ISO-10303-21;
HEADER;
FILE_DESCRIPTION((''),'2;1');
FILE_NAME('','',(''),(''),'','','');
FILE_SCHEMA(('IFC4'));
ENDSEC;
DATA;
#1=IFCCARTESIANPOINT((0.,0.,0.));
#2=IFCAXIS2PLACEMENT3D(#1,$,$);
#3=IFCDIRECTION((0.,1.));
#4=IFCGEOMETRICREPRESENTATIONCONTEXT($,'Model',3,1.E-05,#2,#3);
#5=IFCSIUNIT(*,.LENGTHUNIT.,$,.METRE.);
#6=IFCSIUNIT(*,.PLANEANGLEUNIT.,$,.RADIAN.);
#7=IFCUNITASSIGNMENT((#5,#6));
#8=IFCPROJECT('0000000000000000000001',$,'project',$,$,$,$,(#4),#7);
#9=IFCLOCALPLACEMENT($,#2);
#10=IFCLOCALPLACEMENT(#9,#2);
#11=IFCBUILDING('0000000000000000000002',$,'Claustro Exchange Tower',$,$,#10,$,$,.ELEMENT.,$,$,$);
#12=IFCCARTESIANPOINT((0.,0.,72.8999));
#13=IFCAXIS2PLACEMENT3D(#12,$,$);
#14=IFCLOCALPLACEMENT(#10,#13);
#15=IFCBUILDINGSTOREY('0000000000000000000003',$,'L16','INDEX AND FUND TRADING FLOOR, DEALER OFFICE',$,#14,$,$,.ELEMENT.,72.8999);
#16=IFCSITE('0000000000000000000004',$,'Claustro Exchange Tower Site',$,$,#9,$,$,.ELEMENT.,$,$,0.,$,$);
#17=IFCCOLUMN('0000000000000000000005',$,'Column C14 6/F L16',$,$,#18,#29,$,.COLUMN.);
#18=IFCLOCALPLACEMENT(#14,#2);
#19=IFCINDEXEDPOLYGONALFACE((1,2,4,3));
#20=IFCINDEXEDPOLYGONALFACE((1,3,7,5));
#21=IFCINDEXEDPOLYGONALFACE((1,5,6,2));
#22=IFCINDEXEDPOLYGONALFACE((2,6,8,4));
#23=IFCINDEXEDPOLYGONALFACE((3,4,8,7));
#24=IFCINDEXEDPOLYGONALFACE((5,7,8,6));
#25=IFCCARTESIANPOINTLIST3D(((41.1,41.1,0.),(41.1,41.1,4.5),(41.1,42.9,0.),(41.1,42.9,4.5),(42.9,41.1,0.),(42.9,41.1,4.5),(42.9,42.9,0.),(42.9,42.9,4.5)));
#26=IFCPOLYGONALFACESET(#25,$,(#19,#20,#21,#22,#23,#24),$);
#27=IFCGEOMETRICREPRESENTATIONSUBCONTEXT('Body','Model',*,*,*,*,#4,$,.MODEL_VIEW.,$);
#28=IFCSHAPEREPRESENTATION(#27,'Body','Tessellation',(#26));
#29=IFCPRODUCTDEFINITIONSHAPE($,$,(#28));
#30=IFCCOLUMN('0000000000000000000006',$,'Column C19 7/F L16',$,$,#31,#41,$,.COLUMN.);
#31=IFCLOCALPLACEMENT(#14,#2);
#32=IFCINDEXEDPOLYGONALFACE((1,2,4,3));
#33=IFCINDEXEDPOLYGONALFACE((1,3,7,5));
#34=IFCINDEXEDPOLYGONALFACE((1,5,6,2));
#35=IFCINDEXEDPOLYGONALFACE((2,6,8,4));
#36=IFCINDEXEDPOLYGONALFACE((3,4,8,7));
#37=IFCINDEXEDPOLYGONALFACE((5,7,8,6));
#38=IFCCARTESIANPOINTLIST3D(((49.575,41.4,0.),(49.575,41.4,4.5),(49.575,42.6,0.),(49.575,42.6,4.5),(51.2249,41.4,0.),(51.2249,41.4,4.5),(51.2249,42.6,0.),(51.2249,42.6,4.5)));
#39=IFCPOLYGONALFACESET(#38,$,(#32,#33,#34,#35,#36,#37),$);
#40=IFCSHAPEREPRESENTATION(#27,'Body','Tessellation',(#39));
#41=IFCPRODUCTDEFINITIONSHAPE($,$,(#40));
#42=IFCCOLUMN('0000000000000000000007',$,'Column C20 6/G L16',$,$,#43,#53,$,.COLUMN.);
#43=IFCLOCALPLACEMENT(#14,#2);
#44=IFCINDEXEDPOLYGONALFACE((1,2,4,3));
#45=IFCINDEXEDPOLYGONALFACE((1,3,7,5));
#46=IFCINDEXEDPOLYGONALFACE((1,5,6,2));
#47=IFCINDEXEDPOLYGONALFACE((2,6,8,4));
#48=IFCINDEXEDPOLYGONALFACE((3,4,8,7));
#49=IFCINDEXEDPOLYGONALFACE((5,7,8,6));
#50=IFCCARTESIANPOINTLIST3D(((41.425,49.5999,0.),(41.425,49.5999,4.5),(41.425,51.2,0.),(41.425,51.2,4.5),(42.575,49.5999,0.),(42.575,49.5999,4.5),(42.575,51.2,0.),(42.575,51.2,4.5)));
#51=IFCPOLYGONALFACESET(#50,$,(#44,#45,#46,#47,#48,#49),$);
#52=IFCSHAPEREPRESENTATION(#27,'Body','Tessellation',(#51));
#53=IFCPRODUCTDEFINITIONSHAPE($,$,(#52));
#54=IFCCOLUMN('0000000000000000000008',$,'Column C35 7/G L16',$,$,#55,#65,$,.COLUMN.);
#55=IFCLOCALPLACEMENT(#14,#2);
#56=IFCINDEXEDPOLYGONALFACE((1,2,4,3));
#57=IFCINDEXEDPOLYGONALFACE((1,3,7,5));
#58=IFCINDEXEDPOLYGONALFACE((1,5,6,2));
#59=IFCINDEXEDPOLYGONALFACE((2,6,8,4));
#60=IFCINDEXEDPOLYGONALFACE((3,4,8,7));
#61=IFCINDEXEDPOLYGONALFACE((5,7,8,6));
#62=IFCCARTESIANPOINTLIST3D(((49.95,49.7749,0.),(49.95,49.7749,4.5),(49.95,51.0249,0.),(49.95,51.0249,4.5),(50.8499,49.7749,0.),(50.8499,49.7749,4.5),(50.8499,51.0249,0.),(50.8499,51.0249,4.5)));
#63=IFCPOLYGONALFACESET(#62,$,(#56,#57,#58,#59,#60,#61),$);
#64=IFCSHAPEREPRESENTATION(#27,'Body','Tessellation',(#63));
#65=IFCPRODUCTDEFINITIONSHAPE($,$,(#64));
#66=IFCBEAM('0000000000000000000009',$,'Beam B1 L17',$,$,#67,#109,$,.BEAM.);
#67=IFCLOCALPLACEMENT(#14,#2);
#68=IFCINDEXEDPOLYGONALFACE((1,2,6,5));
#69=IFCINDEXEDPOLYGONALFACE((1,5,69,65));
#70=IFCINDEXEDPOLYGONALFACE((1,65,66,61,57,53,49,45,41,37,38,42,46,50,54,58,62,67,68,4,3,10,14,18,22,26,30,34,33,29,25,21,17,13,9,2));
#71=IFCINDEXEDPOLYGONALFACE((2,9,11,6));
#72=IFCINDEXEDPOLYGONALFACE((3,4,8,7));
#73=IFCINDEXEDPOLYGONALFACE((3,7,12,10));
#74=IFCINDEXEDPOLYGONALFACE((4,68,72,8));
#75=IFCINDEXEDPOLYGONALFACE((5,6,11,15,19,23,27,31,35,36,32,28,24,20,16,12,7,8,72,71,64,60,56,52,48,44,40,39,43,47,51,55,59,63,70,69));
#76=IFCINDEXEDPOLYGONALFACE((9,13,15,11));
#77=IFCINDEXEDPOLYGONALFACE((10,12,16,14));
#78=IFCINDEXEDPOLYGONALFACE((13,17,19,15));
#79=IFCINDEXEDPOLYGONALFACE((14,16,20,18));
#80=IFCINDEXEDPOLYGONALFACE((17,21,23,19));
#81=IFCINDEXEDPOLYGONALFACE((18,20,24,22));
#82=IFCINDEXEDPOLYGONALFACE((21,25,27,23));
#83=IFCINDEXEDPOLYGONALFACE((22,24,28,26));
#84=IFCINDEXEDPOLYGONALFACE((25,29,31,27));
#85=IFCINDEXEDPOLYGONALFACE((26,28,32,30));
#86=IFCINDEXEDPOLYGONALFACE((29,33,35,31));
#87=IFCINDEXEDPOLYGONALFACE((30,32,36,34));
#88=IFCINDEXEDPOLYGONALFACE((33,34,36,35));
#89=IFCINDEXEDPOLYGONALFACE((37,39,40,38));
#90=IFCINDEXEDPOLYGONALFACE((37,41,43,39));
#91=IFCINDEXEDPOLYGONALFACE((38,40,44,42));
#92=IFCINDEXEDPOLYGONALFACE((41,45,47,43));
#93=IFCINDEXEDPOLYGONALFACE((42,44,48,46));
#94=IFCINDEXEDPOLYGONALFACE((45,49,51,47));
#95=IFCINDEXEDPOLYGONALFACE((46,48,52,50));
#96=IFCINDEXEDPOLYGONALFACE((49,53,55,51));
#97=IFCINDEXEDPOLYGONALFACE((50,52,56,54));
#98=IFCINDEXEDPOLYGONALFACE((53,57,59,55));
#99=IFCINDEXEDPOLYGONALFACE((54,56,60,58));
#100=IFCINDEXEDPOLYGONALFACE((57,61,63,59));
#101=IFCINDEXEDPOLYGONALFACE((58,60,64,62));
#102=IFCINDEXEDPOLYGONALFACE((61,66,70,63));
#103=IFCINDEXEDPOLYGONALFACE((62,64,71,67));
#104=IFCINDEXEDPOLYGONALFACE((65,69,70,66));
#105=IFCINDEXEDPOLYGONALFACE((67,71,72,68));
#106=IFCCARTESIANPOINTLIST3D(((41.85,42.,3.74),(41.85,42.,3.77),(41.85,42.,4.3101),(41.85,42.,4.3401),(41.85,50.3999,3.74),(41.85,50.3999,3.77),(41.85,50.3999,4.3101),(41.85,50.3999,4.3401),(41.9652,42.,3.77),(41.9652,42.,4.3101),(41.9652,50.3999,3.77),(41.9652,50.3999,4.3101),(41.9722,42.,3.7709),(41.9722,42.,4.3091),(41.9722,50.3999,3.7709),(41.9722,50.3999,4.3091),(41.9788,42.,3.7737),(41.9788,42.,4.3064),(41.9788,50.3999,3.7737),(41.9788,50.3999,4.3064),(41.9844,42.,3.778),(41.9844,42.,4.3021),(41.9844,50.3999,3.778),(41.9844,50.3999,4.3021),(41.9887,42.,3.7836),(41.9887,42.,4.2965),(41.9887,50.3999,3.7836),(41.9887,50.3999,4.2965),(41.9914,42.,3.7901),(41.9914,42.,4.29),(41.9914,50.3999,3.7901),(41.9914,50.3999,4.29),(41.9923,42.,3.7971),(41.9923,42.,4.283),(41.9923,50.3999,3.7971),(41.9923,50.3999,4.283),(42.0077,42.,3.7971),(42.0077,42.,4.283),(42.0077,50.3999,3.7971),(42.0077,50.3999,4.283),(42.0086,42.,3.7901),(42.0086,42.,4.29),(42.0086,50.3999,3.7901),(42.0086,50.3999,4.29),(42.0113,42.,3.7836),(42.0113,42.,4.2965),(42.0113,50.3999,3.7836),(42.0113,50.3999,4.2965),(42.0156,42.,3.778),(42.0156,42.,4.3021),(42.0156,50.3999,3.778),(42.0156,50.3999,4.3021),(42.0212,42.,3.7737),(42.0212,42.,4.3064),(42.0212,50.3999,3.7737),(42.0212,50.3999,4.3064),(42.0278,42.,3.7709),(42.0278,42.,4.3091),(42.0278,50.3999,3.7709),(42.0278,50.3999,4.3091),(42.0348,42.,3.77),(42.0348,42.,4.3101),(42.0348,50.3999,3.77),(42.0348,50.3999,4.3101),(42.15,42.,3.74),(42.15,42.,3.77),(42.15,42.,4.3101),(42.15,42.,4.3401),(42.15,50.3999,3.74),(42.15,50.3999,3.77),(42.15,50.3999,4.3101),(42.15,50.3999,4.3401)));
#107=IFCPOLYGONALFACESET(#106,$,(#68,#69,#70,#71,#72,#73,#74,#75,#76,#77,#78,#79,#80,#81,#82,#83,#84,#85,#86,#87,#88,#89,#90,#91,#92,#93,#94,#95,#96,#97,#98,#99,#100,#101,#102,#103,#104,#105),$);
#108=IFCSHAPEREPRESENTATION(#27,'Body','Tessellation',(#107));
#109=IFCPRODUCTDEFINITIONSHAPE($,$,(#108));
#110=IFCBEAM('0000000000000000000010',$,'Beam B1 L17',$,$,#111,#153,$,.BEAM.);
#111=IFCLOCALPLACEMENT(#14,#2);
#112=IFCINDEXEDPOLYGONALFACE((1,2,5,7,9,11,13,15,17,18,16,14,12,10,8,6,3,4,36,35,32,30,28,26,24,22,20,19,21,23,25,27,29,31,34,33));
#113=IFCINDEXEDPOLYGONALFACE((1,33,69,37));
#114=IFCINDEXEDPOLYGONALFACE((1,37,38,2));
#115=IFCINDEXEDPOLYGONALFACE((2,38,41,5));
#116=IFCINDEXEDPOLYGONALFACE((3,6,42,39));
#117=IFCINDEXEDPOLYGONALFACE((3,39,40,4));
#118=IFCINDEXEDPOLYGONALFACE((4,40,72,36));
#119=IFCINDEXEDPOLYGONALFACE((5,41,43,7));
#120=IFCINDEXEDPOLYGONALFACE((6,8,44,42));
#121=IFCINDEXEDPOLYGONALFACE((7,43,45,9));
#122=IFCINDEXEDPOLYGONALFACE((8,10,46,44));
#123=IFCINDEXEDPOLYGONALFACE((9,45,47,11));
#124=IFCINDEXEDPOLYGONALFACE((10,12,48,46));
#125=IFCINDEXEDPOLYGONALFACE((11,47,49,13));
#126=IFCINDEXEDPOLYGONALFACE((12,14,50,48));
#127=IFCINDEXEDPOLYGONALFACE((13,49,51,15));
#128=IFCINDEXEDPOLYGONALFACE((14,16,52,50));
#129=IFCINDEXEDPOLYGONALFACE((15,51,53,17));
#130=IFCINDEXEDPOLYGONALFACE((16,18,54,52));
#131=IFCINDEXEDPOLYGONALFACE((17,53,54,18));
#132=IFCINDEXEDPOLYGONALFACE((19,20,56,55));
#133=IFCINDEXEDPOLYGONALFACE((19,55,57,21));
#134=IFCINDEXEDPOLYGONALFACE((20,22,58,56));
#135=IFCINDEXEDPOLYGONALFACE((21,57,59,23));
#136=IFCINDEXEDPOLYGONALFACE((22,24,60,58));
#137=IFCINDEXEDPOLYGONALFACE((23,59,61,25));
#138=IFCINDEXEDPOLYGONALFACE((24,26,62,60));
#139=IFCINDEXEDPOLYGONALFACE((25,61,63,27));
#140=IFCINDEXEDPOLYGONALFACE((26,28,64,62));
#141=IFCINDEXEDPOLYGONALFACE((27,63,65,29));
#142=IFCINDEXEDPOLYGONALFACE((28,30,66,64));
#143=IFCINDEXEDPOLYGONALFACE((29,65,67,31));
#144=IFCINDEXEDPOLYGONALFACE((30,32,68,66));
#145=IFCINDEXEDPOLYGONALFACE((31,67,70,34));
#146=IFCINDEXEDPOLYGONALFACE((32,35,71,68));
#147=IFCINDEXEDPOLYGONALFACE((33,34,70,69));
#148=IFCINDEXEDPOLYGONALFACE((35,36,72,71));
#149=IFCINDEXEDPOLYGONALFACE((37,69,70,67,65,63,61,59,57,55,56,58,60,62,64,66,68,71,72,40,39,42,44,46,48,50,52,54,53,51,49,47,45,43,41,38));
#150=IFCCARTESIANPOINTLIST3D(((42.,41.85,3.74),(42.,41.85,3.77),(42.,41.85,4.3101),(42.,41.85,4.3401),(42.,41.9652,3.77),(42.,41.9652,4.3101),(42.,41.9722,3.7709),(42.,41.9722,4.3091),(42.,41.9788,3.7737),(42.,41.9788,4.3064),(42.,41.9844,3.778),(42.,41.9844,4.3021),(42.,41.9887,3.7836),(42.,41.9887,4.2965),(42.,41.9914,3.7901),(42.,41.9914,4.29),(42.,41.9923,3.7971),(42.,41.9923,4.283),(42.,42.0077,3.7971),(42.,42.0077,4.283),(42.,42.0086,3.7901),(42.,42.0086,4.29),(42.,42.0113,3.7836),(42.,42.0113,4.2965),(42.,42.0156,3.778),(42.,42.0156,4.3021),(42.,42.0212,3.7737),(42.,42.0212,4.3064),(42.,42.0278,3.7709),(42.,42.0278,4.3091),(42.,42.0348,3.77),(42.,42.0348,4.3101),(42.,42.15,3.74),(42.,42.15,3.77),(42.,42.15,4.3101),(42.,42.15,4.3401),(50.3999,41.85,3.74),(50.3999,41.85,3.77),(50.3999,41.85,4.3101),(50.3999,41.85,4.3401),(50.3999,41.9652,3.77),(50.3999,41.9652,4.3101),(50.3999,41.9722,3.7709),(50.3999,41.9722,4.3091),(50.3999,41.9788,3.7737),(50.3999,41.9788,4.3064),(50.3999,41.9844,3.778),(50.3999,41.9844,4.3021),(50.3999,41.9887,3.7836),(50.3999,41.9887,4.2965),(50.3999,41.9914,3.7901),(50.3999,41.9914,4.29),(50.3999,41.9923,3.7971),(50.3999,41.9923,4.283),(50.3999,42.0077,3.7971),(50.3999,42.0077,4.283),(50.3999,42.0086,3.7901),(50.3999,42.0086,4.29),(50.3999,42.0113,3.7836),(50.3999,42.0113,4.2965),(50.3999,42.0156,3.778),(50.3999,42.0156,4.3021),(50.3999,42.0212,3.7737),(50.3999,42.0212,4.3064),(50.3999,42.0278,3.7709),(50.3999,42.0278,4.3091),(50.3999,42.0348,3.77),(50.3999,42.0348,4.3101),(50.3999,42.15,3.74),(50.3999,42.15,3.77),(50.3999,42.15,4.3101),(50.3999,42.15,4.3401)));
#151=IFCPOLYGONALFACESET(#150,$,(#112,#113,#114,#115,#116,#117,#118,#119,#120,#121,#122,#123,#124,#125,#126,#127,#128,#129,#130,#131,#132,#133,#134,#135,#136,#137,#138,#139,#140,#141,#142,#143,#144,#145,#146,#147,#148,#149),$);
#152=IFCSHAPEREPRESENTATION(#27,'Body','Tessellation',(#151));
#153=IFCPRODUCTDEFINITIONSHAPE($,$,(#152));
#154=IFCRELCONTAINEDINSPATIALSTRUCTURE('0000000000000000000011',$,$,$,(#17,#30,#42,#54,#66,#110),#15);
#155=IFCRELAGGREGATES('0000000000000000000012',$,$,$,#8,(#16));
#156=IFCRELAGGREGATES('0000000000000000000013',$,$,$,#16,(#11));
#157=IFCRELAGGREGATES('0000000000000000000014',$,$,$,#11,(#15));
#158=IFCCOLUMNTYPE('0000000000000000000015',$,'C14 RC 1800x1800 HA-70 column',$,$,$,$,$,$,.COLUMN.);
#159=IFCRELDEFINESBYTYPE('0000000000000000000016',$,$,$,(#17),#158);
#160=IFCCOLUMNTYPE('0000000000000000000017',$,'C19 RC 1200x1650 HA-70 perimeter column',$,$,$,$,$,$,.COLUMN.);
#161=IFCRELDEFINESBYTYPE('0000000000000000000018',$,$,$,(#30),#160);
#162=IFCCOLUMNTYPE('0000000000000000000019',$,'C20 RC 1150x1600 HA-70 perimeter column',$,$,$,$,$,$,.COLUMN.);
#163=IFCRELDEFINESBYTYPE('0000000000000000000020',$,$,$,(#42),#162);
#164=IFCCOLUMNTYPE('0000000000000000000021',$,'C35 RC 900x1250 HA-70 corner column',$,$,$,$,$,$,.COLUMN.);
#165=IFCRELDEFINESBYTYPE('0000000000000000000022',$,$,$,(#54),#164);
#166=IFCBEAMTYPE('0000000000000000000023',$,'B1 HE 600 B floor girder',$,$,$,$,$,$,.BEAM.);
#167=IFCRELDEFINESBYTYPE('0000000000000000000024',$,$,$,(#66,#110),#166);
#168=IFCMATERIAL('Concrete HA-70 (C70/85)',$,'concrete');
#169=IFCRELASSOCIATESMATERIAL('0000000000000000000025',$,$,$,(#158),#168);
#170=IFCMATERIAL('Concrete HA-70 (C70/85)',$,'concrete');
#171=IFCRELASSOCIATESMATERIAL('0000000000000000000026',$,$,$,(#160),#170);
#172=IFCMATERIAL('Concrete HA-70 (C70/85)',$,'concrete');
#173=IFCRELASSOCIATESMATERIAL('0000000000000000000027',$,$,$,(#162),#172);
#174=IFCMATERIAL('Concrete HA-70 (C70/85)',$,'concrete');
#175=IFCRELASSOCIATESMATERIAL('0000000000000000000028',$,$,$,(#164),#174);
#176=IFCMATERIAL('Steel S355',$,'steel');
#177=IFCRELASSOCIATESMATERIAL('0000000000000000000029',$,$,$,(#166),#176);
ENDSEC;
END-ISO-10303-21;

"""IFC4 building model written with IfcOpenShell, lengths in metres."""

from ifc_helpers import new_model, si_unit, direction, frame, origin, origin_2d, place, context, subcontext, project, spatial, rectangle, i_section, extrude, material, material_profile, profile_set, type_object, element, save


model = new_model("IFC4")

# Units and contexts
model_context = context("Model", 3, precision=1e-05, world=origin(), true_north=direction((0.0, 1.0)))
body_context = subcontext(model_context, "Body", "Model", "MODEL_VIEW")
ifc_project = project(units=[si_unit("LENGTHUNIT", "METRE"), si_unit("PLANEANGLEUNIT", "RADIAN")], contexts=[model_context])

# Site, building, storey
site_placement = place(None, origin())
site = spatial("IfcSite", under=ifc_project, at=site_placement, Name="Claustro Exchange Tower Site", CompositionType="ELEMENT", RefElevation=0.0)
building_placement = place(site_placement, origin())
building = spatial("IfcBuilding", under=site, at=building_placement, Name="Claustro Exchange Tower", CompositionType="ELEMENT")
storey_placement = place(building_placement, frame((0.0, 0.0, 72.8999)))
storey = spatial("IfcBuildingStorey", under=building, at=storey_placement, Name="L16", Description="INDEX AND FUND TRADING FLOOR, DEALER OFFICE", CompositionType="ELEMENT", Elevation=72.8999)

# Columns
ifc_material_1 = material(Name="Concrete HA-70 (C70/85)", Category="concrete")
ifc_material_profile_1 = material_profile(ifc_material_1, rectangle(XDim=1.8, YDim=1.8, at=origin_2d()), Name="RC 1800x1800")
ifc_profile_set_1 = profile_set([ifc_material_profile_1], Name="Concrete HA-70 (C70/85)")
column_type_1 = type_object("IfcColumnType", Name="C14 RC 1800x1800 HA-70 column", PredefinedType="COLUMN", material=ifc_profile_set_1)
column_1_placement = place(storey_placement, frame((42.0, 42.0, 0.0), z_axis=(0.0, 0.0, 1.0), x_axis=(1.0, 0.0, 0.0)))
element("IfcColumn", 1, at=column_1_placement, inside=storey, type_object=column_type_1, Name="Column C14 6/F L16", PredefinedType="COLUMN", context=body_context, shape_type="SweptSolid", body=[
    extrude(rectangle(XDim=1.8, YDim=1.8, at=origin_2d()), origin(), (0.0, 0.0, 1.0), 4.5),
])
ifc_material_2 = material(Name="Concrete HA-70 (C70/85)", Category="concrete")
ifc_material_profile_2 = material_profile(ifc_material_2, rectangle(XDim=1.2, YDim=1.6499, at=origin_2d()), Name="RC 1200x1650")
ifc_profile_set_2 = profile_set([ifc_material_profile_2], Name="Concrete HA-70 (C70/85)")
column_type_2 = type_object("IfcColumnType", Name="C19 RC 1200x1650 HA-70 perimeter column", PredefinedType="COLUMN", material=ifc_profile_set_2)
column_2_placement = place(storey_placement, frame((50.3999, 42.0, 0.0), z_axis=(0.0, 0.0, 1.0), x_axis=(0.0, 1.0, 0.0)))
element("IfcColumn", 2, at=column_2_placement, inside=storey, type_object=column_type_2, Name="Column C19 7/F L16", PredefinedType="COLUMN", context=body_context, shape_type="SweptSolid", body=[
    extrude(rectangle(XDim=1.2, YDim=1.6499, at=origin_2d()), origin(), (0.0, 0.0, 1.0), 4.5),
])
ifc_material_3 = material(Name="Concrete HA-70 (C70/85)", Category="concrete")
ifc_material_profile_3 = material_profile(ifc_material_3, rectangle(XDim=1.1499, YDim=1.6001, at=origin_2d()), Name="RC 1150x1600")
ifc_profile_set_3 = profile_set([ifc_material_profile_3], Name="Concrete HA-70 (C70/85)")
column_type_3 = type_object("IfcColumnType", Name="C20 RC 1150x1600 HA-70 perimeter column", PredefinedType="COLUMN", material=ifc_profile_set_3)
column_3_placement = place(storey_placement, frame((42.0, 50.3999, 0.0), z_axis=(0.0, 0.0, 1.0), x_axis=(1.0, 0.0, 0.0)))
element("IfcColumn", 3, at=column_3_placement, inside=storey, type_object=column_type_3, Name="Column C20 6/G L16", PredefinedType="COLUMN", context=body_context, shape_type="SweptSolid", body=[
    extrude(rectangle(XDim=1.1499, YDim=1.6001, at=origin_2d()), origin(), (0.0, 0.0, 1.0), 4.5),
])
ifc_material_4 = material(Name="Concrete HA-70 (C70/85)", Category="concrete")
ifc_material_profile_4 = material_profile(ifc_material_4, rectangle(XDim=0.8999, YDim=1.25, at=origin_2d()), Name="RC 900x1250")
ifc_profile_set_4 = profile_set([ifc_material_profile_4], Name="Concrete HA-70 (C70/85)")
column_type_4 = type_object("IfcColumnType", Name="C35 RC 900x1250 HA-70 corner column", PredefinedType="COLUMN", material=ifc_profile_set_4)
column_4_placement = place(storey_placement, frame((50.3999, 50.3999, 0.0), z_axis=(0.0, 0.0, 1.0), x_axis=(1.0, 0.0, 0.0)))
element("IfcColumn", 4, at=column_4_placement, inside=storey, type_object=column_type_4, Name="Column C35 7/G L16", PredefinedType="COLUMN", context=body_context, shape_type="SweptSolid", body=[
    extrude(rectangle(XDim=0.8999, YDim=1.25, at=origin_2d()), origin(), (0.0, 0.0, 1.0), 4.5),
])

# Beams
ifc_material_5 = material(Name="Steel S355", Category="steel")
ifc_material_profile_5 = material_profile(ifc_material_5, i_section(OverallWidth=0.3, OverallDepth=0.6001, WebThickness=0.0154, FlangeThickness=0.03, FilletRadius=0.0271, at=origin_2d()), Name="HE 600 B")
ifc_profile_set_5 = profile_set([ifc_material_profile_5], Name="Steel S355")
beam_type_1 = type_object("IfcBeamType", Name="B1 HE 600 B floor girder", PredefinedType="BEAM", material=ifc_profile_set_5)
for number, where, z_axis, x_axis, name in (
    (5, (42.0, 42.0, 4.04), (0.0, 1.0, 0.0), (-1.0, 0.0, 0.0), "Beam B1 L17"),
    (6, (42.0, 42.0, 4.04), (1.0, 0.0, 0.0), (0.0, 1.0, 0.0), "Beam B1 L17"),
):
    element("IfcBeam", number, at=place(storey_placement, frame(where, z_axis=z_axis, x_axis=x_axis)), inside=storey, type_object=beam_type_1, Name=name, PredefinedType="BEAM", context=body_context, shape_type="SweptSolid", body=[
        extrude(i_section(OverallWidth=0.3, OverallDepth=0.6001, WebThickness=0.0154, FlangeThickness=0.03, FilletRadius=0.0271, at=origin_2d()), origin(), (0.0, 0.0, 1.0), 8.3999),
    ])

save(model, "model.ifc")
